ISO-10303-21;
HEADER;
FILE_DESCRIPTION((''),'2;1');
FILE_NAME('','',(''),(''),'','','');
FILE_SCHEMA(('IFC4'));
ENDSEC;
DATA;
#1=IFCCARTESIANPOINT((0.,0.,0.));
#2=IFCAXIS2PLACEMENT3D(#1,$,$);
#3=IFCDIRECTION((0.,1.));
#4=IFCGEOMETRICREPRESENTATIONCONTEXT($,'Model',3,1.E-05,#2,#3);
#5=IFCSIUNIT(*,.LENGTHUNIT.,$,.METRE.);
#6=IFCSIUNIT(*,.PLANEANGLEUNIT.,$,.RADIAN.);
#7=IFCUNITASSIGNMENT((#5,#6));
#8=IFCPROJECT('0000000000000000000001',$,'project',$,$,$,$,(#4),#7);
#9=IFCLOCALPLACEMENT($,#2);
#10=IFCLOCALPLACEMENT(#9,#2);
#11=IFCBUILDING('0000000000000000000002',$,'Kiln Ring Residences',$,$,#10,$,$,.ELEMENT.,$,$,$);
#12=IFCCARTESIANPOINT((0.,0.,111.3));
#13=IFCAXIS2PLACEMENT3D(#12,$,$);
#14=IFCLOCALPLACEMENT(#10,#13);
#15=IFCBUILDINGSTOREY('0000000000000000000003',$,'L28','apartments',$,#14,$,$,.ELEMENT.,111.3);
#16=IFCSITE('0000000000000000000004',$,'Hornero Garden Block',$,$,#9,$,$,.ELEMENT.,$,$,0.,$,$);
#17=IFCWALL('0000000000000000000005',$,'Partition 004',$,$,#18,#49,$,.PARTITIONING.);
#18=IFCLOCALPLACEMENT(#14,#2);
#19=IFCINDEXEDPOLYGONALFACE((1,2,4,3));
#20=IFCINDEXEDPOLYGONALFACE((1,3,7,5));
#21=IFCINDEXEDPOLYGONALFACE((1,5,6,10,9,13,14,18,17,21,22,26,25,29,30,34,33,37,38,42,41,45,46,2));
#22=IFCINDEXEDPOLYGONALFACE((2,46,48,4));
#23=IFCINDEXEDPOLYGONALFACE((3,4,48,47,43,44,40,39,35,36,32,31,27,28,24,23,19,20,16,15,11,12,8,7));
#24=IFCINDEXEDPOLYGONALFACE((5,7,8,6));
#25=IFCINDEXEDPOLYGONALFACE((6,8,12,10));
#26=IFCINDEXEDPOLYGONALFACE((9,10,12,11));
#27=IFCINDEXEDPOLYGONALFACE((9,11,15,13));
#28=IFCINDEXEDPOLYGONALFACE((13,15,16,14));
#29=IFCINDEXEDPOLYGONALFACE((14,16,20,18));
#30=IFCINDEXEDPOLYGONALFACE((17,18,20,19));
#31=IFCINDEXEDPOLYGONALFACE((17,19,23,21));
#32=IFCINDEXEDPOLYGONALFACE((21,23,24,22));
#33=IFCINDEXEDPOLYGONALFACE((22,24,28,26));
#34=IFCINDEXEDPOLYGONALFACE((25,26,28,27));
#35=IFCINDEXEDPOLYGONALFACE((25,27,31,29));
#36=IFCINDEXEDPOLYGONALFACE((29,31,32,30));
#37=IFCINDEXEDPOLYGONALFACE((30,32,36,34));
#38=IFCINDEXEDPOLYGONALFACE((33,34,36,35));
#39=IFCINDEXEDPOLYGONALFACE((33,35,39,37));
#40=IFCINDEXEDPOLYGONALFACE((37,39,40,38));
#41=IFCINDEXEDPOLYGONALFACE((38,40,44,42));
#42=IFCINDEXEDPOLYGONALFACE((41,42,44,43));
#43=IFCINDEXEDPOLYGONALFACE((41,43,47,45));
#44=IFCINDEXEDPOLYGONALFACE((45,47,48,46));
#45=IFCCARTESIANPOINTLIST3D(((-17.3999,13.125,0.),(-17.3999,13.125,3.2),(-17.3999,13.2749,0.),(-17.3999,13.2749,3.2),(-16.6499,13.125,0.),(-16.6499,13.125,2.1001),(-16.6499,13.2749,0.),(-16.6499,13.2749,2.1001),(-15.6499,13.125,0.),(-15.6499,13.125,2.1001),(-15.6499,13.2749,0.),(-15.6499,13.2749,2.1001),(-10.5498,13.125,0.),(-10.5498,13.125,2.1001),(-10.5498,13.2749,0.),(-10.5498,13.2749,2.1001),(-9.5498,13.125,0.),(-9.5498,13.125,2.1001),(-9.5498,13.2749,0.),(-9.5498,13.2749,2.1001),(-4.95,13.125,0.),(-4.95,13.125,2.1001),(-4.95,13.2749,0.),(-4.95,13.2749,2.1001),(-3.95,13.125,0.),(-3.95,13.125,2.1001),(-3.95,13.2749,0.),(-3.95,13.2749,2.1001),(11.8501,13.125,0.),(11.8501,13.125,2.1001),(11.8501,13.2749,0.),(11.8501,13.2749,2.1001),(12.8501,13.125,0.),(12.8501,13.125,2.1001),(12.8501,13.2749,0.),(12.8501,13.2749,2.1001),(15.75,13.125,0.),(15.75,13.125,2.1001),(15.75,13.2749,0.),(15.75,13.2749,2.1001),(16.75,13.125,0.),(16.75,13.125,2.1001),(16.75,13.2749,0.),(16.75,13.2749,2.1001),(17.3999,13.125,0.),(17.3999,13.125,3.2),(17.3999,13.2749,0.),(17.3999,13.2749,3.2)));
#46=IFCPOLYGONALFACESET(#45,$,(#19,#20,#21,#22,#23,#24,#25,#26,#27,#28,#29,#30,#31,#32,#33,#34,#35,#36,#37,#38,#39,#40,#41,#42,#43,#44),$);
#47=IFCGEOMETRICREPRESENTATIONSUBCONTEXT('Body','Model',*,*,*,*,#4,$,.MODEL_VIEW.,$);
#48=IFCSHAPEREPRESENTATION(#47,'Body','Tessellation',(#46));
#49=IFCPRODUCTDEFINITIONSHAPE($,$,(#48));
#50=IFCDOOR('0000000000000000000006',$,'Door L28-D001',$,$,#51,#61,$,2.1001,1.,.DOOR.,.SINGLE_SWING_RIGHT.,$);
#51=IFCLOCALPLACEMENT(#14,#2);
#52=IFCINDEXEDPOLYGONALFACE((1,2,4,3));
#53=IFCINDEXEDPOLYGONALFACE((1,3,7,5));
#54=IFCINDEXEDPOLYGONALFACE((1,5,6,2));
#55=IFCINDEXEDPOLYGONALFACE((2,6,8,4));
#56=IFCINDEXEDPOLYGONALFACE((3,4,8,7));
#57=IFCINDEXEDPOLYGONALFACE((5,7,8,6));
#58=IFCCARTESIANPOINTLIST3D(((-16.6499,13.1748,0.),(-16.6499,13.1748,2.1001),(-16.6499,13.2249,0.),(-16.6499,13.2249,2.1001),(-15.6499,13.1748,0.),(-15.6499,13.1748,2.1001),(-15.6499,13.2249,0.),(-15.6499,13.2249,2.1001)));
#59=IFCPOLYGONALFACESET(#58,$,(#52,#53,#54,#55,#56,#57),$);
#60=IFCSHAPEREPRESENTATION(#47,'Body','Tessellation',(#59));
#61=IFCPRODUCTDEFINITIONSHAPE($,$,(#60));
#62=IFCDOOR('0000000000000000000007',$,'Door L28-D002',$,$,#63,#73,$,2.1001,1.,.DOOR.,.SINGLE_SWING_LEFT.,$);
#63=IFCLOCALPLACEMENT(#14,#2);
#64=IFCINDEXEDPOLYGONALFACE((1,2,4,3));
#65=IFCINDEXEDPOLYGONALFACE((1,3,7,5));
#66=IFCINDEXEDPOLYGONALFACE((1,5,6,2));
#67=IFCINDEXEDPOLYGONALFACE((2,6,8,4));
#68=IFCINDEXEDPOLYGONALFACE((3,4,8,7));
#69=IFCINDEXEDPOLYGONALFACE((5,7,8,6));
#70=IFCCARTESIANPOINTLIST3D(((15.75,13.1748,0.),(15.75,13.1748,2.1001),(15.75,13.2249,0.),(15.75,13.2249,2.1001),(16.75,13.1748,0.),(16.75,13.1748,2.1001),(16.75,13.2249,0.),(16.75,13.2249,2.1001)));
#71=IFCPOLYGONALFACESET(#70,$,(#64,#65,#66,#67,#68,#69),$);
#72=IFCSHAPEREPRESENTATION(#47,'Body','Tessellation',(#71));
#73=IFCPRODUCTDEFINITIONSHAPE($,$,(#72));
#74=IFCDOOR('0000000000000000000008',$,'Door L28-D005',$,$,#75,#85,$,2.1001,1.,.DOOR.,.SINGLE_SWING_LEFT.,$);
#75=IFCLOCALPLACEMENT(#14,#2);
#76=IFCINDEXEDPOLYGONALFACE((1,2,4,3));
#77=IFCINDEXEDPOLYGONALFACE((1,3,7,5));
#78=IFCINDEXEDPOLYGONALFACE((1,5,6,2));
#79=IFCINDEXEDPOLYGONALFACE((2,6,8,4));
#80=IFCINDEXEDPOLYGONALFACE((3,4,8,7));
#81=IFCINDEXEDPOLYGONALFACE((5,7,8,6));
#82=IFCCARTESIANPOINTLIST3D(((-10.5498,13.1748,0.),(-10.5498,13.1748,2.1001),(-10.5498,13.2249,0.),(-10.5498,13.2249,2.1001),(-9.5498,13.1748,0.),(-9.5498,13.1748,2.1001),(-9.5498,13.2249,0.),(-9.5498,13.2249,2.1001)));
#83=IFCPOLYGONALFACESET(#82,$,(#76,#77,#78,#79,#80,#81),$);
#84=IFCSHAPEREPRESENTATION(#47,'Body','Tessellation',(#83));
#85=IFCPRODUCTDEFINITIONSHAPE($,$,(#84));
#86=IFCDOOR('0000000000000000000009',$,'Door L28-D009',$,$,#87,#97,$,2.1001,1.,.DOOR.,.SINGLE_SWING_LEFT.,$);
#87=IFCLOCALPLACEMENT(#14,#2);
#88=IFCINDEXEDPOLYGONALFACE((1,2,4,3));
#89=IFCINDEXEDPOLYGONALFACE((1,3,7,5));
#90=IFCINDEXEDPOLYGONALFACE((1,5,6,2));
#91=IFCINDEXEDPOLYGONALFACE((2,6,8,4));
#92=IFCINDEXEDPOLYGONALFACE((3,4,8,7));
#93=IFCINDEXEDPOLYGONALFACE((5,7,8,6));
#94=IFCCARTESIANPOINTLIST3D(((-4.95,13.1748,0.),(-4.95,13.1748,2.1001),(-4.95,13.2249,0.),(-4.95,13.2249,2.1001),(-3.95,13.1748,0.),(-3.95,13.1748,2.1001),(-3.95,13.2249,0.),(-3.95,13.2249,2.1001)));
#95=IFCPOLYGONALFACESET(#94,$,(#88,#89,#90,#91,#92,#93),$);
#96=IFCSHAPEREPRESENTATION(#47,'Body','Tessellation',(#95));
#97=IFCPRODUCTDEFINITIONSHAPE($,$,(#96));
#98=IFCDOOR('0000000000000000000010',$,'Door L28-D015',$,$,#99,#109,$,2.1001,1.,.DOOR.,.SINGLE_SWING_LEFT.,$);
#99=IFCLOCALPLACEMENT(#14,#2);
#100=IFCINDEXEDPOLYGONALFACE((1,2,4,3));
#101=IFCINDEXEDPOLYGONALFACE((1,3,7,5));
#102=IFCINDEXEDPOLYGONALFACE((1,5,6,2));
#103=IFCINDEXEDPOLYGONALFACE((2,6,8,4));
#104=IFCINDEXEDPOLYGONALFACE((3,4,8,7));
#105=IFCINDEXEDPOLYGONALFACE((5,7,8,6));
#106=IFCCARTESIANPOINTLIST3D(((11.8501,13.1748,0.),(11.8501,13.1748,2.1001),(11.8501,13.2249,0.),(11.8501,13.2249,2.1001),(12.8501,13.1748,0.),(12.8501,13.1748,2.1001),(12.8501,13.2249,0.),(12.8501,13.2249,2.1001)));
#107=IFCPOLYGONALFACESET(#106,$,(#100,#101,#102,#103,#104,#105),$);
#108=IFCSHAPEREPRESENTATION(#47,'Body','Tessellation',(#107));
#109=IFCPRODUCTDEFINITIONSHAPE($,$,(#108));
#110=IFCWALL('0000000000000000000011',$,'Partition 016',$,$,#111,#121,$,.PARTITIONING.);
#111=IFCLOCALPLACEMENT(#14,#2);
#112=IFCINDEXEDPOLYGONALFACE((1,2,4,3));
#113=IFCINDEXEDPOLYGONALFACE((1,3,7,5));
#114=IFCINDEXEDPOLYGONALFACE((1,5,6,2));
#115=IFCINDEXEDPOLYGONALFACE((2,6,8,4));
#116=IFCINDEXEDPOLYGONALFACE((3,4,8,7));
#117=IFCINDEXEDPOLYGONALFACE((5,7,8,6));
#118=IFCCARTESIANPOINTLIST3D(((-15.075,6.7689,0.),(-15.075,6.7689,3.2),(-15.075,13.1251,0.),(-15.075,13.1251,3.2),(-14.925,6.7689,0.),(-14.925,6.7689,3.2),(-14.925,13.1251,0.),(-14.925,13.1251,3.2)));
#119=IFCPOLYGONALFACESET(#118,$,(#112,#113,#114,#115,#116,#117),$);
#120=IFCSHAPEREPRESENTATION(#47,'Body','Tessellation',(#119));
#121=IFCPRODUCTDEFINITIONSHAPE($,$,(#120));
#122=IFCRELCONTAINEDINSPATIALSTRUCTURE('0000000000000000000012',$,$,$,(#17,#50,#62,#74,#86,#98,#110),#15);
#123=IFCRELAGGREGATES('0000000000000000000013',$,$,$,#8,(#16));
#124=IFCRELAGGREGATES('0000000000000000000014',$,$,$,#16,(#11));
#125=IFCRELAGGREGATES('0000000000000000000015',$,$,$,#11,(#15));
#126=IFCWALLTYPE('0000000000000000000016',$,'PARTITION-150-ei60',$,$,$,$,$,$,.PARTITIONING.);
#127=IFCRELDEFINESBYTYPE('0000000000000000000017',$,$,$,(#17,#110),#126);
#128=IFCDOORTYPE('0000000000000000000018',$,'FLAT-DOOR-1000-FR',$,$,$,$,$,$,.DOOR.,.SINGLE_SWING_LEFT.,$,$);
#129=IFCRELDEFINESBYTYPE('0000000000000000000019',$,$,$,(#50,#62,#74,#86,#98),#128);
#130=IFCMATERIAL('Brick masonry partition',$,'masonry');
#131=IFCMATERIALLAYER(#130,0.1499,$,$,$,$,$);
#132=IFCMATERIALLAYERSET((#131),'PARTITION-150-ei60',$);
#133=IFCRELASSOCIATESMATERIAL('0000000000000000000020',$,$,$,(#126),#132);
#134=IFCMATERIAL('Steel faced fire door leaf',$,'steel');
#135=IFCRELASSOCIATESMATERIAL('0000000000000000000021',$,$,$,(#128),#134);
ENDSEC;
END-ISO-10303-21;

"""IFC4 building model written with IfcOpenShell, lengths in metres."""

from ifc_helpers import new_model, si_unit, direction, frame, frame_2d, origin, place, context, subcontext, project, spatial, rectangle, extrude, material, layer, layer_set, type_object, element, fill, save


model = new_model("IFC4")

# Units and contexts
model_context = context("Model", 3, precision=1e-05, world=origin(), true_north=direction((0.0, 1.0)))
body_context = subcontext(model_context, "Body", "Model", "MODEL_VIEW")
ifc_project = project(units=[si_unit("LENGTHUNIT", "METRE"), si_unit("PLANEANGLEUNIT", "RADIAN")], contexts=[model_context])

# Site, building, storey
site_placement = place(None, origin())
site = spatial("IfcSite", under=ifc_project, at=site_placement, Name="Hornero Garden Block", CompositionType="ELEMENT", RefElevation=0.0)
building_placement = place(site_placement, origin())
building = spatial("IfcBuilding", under=site, at=building_placement, Name="Kiln Ring Residences", CompositionType="ELEMENT")
storey_placement = place(building_placement, frame((0.0, 0.0, 111.3)))
storey = spatial("IfcBuildingStorey", under=building, at=storey_placement, Name="L28", Description="apartments", CompositionType="ELEMENT", Elevation=111.3)

# Wall, openings, doors
ifc_material_1 = material(Name="Brick masonry partition", Category="masonry")
ifc_layer_1 = layer(ifc_material_1, 0.1499)
ifc_layer_set_1 = layer_set([ifc_layer_1], Name="PARTITION-150-ei60")
wall_type_1 = type_object("IfcWallType", Name="PARTITION-150-ei60", PredefinedType="PARTITIONING", material=ifc_layer_set_1)
wall_1_placement = place(storey_placement, frame((-17.3999, 13.2, 0.0), z_axis=(0.0, 0.0, 1.0), x_axis=(1.0, 0.0, 0.0)))
wall_1 = element("IfcWall", 1, at=wall_1_placement, inside=storey, type_object=wall_type_1, Name="Partition 004", PredefinedType="PARTITIONING", context=body_context, shape_type="SweptSolid", body=[
    extrude(rectangle(XDim=34.7998, YDim=0.1499, at=frame_2d((17.3999, 0.0))), origin(), (0.0, 0.0, 1.0), 3.2),
])
opening_1_placement = place(wall_1_placement, frame((0.75, 0.0, 0.0)))
opening_1 = element("IfcOpeningElement", 2, at=opening_1_placement, cuts=wall_1, PredefinedType="OPENING", context=body_context, shape_type="SweptSolid", body=[
    extrude(rectangle(XDim=1.0, YDim=2.1001, at=frame_2d((0.5, 1.05))), frame((0.0, 0.085, 0.0), z_axis=(0.0, -1.0, 0.0), x_axis=(1.0, 0.0, 0.0)), (0.0, 0.0, 1.0), 0.1699),
])
opening_2_placement = place(wall_1_placement, frame((33.1499, 0.0, 0.0)))
opening_2 = element("IfcOpeningElement", 3, at=opening_2_placement, cuts=wall_1, PredefinedType="OPENING", context=body_context, shape_type="SweptSolid", body=[
    extrude(rectangle(XDim=1.0, YDim=2.1001, at=frame_2d((0.5, 1.05))), frame((0.0, 0.085, 0.0), z_axis=(0.0, -1.0, 0.0), x_axis=(1.0, 0.0, 0.0)), (0.0, 0.0, 1.0), 0.1699),
])
opening_3_placement = place(wall_1_placement, frame((6.8501, 0.0, 0.0)))
opening_3 = element("IfcOpeningElement", 4, at=opening_3_placement, cuts=wall_1, PredefinedType="OPENING", context=body_context, shape_type="SweptSolid", body=[
    extrude(rectangle(XDim=1.0, YDim=2.1001, at=frame_2d((0.5, 1.05))), frame((0.0, 0.085, 0.0), z_axis=(0.0, -1.0, 0.0), x_axis=(1.0, 0.0, 0.0)), (0.0, 0.0, 1.0), 0.1699),
])
opening_4_placement = place(wall_1_placement, frame((12.45, 0.0, 0.0)))
opening_4 = element("IfcOpeningElement", 5, at=opening_4_placement, cuts=wall_1, PredefinedType="OPENING", context=body_context, shape_type="SweptSolid", body=[
    extrude(rectangle(XDim=1.0, YDim=2.1001, at=frame_2d((0.5, 1.05))), frame((0.0, 0.085, 0.0), z_axis=(0.0, -1.0, 0.0), x_axis=(1.0, 0.0, 0.0)), (0.0, 0.0, 1.0), 0.1699),
])
opening_5_placement = place(wall_1_placement, frame((29.25, 0.0, 0.0)))
opening_5 = element("IfcOpeningElement", 6, at=opening_5_placement, cuts=wall_1, PredefinedType="OPENING", context=body_context, shape_type="SweptSolid", body=[
    extrude(rectangle(XDim=1.0, YDim=2.1001, at=frame_2d((0.5, 1.05))), frame((0.0, 0.085, 0.0), z_axis=(0.0, -1.0, 0.0), x_axis=(1.0, 0.0, 0.0)), (0.0, 0.0, 1.0), 0.1699),
])
ifc_material_2 = material(Name="Steel faced fire door leaf", Category="steel")
door_type_1 = type_object("IfcDoorType", Name="FLAT-DOOR-1000-FR", OperationType="SINGLE_SWING_LEFT", PredefinedType="DOOR", material=ifc_material_2)
door_1_placement = place(opening_1_placement, origin())
door_1 = element("IfcDoor", 7, at=door_1_placement, inside=storey, type_object=door_type_1, Name="Door L28-D001", OperationType="SINGLE_SWING_RIGHT", OverallHeight=2.1001, OverallWidth=1.0, PredefinedType="DOOR", context=body_context, shape_type="SweptSolid", body=[
    extrude(rectangle(XDim=1.0, YDim=2.1001, at=frame_2d((0.5, 1.05))), frame((0.0, 0.0249, 0.0), z_axis=(0.0, -1.0, 0.0), x_axis=(1.0, 0.0, 0.0)), (0.0, 0.0, 1.0), 0.05),
])
fill(opening_1, door_1)
door_2_placement = place(opening_2_placement, origin())
door_2 = element("IfcDoor", 8, at=door_2_placement, inside=storey, type_object=door_type_1, Name="Door L28-D002", OperationType="SINGLE_SWING_LEFT", OverallHeight=2.1001, OverallWidth=1.0, PredefinedType="DOOR", context=body_context, shape_type="SweptSolid", body=[
    extrude(rectangle(XDim=1.0, YDim=2.1001, at=frame_2d((0.5, 1.05))), frame((0.0, 0.0249, 0.0), z_axis=(0.0, -1.0, 0.0), x_axis=(1.0, 0.0, 0.0)), (0.0, 0.0, 1.0), 0.05),
])
fill(opening_2, door_2)
door_3_placement = place(opening_3_placement, origin())
door_3 = element("IfcDoor", 9, at=door_3_placement, inside=storey, type_object=door_type_1, Name="Door L28-D005", OperationType="SINGLE_SWING_LEFT", OverallHeight=2.1001, OverallWidth=1.0, PredefinedType="DOOR", context=body_context, shape_type="SweptSolid", body=[
    extrude(rectangle(XDim=1.0, YDim=2.1001, at=frame_2d((0.5, 1.05))), frame((0.0, 0.0249, 0.0), z_axis=(0.0, -1.0, 0.0), x_axis=(1.0, 0.0, 0.0)), (0.0, 0.0, 1.0), 0.05),
])
fill(opening_3, door_3)
door_4_placement = place(opening_4_placement, origin())
door_4 = element("IfcDoor", 10, at=door_4_placement, inside=storey, type_object=door_type_1, Name="Door L28-D009", OperationType="SINGLE_SWING_LEFT", OverallHeight=2.1001, OverallWidth=1.0, PredefinedType="DOOR", context=body_context, shape_type="SweptSolid", body=[
    extrude(rectangle(XDim=1.0, YDim=2.1001, at=frame_2d((0.5, 1.05))), frame((0.0, 0.0249, 0.0), z_axis=(0.0, -1.0, 0.0), x_axis=(1.0, 0.0, 0.0)), (0.0, 0.0, 1.0), 0.05),
])
fill(opening_4, door_4)
door_5_placement = place(opening_5_placement, origin())
door_5 = element("IfcDoor", 11, at=door_5_placement, inside=storey, type_object=door_type_1, Name="Door L28-D015", OperationType="SINGLE_SWING_LEFT", OverallHeight=2.1001, OverallWidth=1.0, PredefinedType="DOOR", context=body_context, shape_type="SweptSolid", body=[
    extrude(rectangle(XDim=1.0, YDim=2.1001, at=frame_2d((0.5, 1.05))), frame((0.0, 0.0249, 0.0), z_axis=(0.0, -1.0, 0.0), x_axis=(1.0, 0.0, 0.0)), (0.0, 0.0, 1.0), 0.05),
])
fill(opening_5, door_5)

# Wall
wall_2_placement = place(storey_placement, frame((-15.0, 6.7688, 0.0), z_axis=(0.0, 0.0, 1.0), x_axis=(0.0, 1.0, 0.0)))
element("IfcWall", 12, at=wall_2_placement, inside=storey, type_object=wall_type_1, Name="Partition 016", PredefinedType="PARTITIONING", context=body_context, shape_type="SweptSolid", body=[
    extrude(rectangle(XDim=6.3562, YDim=0.1499, at=frame_2d((3.1782, 0.0))), origin(), (0.0, 0.0, 1.0), 3.2),
])

save(model, "model.ifc")
